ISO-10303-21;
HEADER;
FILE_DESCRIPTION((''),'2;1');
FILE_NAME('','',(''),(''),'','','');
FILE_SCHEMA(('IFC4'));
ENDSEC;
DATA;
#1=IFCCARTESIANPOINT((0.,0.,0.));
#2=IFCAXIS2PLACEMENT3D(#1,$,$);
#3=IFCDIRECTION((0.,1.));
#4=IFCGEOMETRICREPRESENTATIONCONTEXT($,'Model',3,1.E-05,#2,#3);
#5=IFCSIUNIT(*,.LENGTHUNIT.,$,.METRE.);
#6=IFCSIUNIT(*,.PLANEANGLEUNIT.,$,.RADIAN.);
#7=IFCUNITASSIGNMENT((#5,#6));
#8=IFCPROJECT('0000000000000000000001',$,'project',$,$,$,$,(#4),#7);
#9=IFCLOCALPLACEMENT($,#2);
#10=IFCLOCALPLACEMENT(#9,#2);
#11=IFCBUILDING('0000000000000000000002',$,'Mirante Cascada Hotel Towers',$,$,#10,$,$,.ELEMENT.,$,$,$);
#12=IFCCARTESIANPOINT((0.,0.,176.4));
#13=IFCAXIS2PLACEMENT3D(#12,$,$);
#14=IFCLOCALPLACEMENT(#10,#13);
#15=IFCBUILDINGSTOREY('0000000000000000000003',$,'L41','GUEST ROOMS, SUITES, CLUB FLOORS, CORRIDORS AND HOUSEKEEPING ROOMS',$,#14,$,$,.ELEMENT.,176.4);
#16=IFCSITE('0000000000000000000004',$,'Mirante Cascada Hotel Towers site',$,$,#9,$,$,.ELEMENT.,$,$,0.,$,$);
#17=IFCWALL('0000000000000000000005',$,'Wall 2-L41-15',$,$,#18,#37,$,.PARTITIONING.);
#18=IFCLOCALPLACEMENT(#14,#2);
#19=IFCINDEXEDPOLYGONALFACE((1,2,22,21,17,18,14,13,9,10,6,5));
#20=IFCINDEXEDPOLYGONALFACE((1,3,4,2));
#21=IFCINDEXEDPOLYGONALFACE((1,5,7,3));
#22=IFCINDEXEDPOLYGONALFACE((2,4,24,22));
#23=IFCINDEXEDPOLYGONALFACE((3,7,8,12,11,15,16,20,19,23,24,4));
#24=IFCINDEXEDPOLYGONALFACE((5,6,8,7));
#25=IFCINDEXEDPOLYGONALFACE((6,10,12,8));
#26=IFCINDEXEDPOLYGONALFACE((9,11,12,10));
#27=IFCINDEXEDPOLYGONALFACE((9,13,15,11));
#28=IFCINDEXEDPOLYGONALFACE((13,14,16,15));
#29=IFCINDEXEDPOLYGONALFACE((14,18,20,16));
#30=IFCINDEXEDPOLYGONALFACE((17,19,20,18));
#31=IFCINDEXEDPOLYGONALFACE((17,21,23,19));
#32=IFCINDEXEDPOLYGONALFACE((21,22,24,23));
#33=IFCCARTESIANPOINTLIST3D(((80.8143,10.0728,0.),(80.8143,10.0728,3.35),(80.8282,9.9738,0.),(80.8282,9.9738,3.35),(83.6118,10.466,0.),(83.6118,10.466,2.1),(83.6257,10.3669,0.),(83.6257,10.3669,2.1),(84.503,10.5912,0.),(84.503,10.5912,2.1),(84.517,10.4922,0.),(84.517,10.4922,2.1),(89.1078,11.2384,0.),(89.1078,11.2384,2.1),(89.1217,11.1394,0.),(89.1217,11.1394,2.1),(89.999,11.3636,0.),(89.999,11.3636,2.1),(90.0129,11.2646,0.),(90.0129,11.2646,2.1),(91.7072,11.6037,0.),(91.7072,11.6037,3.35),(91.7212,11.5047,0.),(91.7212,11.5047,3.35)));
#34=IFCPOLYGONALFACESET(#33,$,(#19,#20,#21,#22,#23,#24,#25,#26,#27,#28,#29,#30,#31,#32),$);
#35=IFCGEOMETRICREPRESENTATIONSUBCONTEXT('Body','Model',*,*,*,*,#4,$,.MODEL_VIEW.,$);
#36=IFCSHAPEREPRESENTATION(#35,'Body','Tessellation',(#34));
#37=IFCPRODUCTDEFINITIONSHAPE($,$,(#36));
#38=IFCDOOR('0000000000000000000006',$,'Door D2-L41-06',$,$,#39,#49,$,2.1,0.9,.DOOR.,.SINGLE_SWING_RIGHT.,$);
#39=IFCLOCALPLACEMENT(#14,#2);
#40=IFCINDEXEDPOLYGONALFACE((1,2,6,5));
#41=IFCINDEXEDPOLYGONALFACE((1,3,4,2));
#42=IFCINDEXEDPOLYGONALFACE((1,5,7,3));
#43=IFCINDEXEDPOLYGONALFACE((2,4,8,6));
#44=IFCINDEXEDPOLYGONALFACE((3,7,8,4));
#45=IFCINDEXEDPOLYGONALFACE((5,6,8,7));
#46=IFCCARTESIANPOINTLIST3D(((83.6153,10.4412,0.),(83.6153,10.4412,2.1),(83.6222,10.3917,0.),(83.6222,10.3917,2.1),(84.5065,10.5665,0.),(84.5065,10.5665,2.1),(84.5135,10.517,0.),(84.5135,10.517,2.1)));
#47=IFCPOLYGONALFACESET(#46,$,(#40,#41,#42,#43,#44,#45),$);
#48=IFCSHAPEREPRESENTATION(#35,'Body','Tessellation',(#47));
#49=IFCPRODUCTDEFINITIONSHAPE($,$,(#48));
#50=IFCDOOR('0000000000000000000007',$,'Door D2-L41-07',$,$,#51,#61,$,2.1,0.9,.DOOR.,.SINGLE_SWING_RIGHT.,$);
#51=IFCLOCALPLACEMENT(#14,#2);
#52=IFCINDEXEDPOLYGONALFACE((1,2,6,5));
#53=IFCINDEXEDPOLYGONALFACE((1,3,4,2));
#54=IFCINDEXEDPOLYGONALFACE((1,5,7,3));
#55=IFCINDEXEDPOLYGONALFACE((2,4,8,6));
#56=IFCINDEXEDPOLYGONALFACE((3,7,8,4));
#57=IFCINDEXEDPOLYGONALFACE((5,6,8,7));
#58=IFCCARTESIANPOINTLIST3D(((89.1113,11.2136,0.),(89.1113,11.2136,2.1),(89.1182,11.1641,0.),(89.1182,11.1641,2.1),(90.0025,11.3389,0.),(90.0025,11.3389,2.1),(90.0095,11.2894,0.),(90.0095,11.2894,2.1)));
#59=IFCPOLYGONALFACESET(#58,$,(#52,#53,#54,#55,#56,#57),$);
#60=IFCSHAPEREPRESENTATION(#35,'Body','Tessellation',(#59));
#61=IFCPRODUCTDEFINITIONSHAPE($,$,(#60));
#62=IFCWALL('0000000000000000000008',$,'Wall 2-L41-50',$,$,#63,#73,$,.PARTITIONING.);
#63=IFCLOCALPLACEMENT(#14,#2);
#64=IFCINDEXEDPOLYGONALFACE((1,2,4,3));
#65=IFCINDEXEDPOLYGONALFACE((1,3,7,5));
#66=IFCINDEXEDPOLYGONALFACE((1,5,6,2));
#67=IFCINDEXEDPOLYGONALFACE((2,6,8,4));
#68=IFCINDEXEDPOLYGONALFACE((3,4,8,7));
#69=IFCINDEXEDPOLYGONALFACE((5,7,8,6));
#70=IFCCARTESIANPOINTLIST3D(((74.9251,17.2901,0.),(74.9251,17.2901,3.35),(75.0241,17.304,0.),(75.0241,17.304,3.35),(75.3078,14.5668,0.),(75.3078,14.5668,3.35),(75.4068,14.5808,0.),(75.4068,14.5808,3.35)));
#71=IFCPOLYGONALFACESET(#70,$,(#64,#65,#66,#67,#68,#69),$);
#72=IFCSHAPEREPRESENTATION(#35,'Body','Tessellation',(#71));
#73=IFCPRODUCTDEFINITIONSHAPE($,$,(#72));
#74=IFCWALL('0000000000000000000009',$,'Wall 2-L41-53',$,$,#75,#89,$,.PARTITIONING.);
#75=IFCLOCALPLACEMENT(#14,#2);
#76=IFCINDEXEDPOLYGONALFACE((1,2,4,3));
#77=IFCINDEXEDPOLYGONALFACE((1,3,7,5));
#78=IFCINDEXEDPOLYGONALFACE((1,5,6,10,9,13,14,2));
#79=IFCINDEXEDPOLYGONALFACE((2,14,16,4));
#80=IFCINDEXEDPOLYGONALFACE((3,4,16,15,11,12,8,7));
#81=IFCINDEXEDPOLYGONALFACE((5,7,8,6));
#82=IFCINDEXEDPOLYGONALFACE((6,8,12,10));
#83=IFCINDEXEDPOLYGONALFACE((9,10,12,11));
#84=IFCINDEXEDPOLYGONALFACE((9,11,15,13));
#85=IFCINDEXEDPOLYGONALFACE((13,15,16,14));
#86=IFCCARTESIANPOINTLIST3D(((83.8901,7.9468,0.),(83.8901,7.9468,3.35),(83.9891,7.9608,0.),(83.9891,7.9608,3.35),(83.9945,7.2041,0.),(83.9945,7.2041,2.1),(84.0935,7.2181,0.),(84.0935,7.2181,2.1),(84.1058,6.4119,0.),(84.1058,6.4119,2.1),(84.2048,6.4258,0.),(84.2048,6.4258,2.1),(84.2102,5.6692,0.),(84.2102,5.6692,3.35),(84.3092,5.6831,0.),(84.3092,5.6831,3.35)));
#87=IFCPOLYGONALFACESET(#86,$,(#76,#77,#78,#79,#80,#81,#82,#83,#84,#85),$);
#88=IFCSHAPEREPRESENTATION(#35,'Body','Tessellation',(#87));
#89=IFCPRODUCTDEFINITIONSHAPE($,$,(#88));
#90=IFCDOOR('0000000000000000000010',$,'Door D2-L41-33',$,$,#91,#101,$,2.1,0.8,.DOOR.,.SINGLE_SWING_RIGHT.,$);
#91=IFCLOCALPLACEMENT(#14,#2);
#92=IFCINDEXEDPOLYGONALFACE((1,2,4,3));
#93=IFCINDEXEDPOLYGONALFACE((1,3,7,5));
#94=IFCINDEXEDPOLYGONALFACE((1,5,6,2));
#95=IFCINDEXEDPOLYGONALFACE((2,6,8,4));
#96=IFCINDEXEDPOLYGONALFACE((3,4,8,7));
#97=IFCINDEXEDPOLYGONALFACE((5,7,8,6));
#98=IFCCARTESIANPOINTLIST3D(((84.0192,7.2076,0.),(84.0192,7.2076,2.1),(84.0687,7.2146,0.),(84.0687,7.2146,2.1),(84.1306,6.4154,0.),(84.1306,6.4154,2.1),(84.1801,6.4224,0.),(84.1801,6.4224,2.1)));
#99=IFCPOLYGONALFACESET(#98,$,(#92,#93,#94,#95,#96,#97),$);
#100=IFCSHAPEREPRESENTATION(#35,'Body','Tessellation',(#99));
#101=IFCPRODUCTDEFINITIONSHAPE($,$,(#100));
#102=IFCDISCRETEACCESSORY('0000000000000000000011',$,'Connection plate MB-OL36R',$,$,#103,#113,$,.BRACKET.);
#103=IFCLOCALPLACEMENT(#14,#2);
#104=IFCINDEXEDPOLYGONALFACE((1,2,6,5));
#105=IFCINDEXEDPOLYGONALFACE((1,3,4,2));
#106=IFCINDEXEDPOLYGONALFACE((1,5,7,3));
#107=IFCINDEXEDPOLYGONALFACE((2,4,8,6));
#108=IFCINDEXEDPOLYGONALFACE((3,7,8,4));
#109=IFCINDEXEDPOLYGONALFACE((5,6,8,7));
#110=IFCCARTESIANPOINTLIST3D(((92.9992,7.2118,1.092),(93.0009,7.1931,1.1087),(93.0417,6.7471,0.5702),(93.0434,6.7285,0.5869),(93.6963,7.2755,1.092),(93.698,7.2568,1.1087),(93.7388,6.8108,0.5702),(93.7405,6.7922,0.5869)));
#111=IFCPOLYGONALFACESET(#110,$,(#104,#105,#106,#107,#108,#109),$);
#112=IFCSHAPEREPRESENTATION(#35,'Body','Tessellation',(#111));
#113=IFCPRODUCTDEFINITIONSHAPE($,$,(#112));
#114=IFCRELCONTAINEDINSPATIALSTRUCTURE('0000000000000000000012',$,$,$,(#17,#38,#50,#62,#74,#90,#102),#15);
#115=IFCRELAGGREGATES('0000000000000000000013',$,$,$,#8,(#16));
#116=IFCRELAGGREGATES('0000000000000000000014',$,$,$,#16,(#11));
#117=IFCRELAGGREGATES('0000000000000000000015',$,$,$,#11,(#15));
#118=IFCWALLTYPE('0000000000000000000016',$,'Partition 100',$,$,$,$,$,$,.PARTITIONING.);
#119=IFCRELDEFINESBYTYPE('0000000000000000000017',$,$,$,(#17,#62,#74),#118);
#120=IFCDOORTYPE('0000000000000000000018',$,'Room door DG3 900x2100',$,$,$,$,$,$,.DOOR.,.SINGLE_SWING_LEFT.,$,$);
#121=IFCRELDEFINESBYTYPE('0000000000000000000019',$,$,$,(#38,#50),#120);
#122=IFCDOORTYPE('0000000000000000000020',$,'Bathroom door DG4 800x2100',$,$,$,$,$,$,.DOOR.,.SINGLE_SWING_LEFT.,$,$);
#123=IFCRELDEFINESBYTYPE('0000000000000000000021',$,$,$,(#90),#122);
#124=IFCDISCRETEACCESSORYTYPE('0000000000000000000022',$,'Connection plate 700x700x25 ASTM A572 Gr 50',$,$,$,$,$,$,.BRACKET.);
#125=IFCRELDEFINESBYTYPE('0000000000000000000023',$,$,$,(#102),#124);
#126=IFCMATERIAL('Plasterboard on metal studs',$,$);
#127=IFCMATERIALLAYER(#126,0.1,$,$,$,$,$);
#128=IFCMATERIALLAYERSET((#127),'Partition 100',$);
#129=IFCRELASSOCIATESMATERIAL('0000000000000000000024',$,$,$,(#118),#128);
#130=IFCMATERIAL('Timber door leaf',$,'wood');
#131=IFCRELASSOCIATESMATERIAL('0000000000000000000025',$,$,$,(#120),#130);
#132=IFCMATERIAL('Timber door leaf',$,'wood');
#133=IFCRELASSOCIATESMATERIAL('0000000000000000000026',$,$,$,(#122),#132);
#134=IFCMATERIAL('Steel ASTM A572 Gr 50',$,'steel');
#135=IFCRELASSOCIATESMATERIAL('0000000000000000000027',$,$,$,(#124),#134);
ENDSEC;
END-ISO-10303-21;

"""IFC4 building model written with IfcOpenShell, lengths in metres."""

from ifc_helpers import new_model, si_unit, direction, frame, frame_2d, origin, origin_2d, place, context, subcontext, project, spatial, rectangle, extrude, material, layer, layer_set, material_profile, profile_set, type_object, element, fill, save


model = new_model("IFC4")

# Units and contexts
model_context = context("Model", 3, precision=1e-05, world=origin(), true_north=direction((0.0, 1.0)))
body_context = subcontext(model_context, "Body", "Model", "MODEL_VIEW")
ifc_project = project(units=[si_unit("LENGTHUNIT", "METRE"), si_unit("PLANEANGLEUNIT", "RADIAN")], contexts=[model_context])

# Site, building, storey
site_placement = place(None, origin())
site = spatial("IfcSite", under=ifc_project, at=site_placement, Name="Mirante Cascada Hotel Towers site", CompositionType="ELEMENT", RefElevation=0.0)
building_placement = place(site_placement, origin())
building = spatial("IfcBuilding", under=site, at=building_placement, Name="Mirante Cascada Hotel Towers", CompositionType="ELEMENT")
storey_placement = place(building_placement, frame((0.0, 0.0, 176.4)))
storey = spatial("IfcBuildingStorey", under=building, at=storey_placement, Name="L41", Description="GUEST ROOMS, SUITES, CLUB FLOORS, CORRIDORS AND HOUSEKEEPING ROOMS", CompositionType="ELEMENT", Elevation=176.4)

# Shared definitions
ifc_material_1 = material(Name="Plasterboard on metal studs")
ifc_layer_1 = layer(ifc_material_1, 0.1)
ifc_layer_set_1 = layer_set([ifc_layer_1], Name="Partition 100")
wall_type_1 = type_object("IfcWallType", Name="Partition 100", PredefinedType="PARTITIONING", material=ifc_layer_set_1)

# Wall, openings, doors
wall_1_placement = place(storey_placement, frame((91.7142, 11.5542, 0.0), z_axis=(0.0, 0.0, 1.0), x_axis=(-0.990268, -0.139173, 0.0)))
wall_1 = element("IfcWall", 1, at=wall_1_placement, inside=storey, type_object=wall_type_1, Name="Wall 2-L41-15", PredefinedType="PARTITIONING", context=body_context, shape_type="SweptSolid", body=[
    extrude(rectangle(XDim=11.0, YDim=0.1, at=frame_2d((5.5, 0.0))), origin(), (0.0, 0.0, 1.0), 3.35),
])
opening_1_placement = place(wall_1_placement, frame((7.275, 0.0, 0.0)))
opening_1 = element("IfcOpeningElement", 2, at=opening_1_placement, cuts=wall_1, PredefinedType="OPENING", context=body_context, shape_type="SweptSolid", body=[
    extrude(rectangle(XDim=0.9, YDim=2.1, at=frame_2d((0.45, 1.05))), frame((0.0, 0.05, 0.0), z_axis=(0.0, -1.0, 0.0), x_axis=(1.0, 0.0, 0.0)), (0.0, 0.0, 1.0), 0.1),
])
opening_2_placement = place(wall_1_placement, frame((1.725, 0.0, 0.0)))
opening_2 = element("IfcOpeningElement", 3, at=opening_2_placement, cuts=wall_1, PredefinedType="OPENING", context=body_context, shape_type="SweptSolid", body=[
    extrude(rectangle(XDim=0.9, YDim=2.1, at=frame_2d((0.45, 1.05))), frame((0.0, 0.05, 0.0), z_axis=(0.0, -1.0, 0.0), x_axis=(1.0, 0.0, 0.0)), (0.0, 0.0, 1.0), 0.1),
])
ifc_material_2 = material(Name="Timber door leaf", Category="wood")
door_type_1 = type_object("IfcDoorType", Name="Room door DG3 900x2100", OperationType="SINGLE_SWING_LEFT", PredefinedType="DOOR", material=ifc_material_2)
door_1_placement = place(opening_1_placement, frame((0.9, 0.0, 0.0), z_axis=(0.0, 0.0, 1.0), x_axis=(-1.0, 0.0, 0.0)))
door_1 = element("IfcDoor", 4, at=door_1_placement, inside=storey, type_object=door_type_1, Name="Door D2-L41-06", OperationType="SINGLE_SWING_RIGHT", OverallHeight=2.1, OverallWidth=0.9, PredefinedType="DOOR", context=body_context, shape_type="SweptSolid", body=[
    extrude(rectangle(XDim=0.9, YDim=2.1, at=frame_2d((0.45, 1.05))), frame((0.0, 0.025, 0.0), z_axis=(0.0, -1.0, 0.0), x_axis=(1.0, 0.0, 0.0)), (0.0, 0.0, 1.0), 0.05),
])
fill(opening_1, door_1)
door_2_placement = place(opening_2_placement, frame((0.9, 0.0, 0.0), z_axis=(0.0, 0.0, 1.0), x_axis=(-1.0, 0.0, 0.0)))
door_2 = element("IfcDoor", 5, at=door_2_placement, inside=storey, type_object=door_type_1, Name="Door D2-L41-07", OperationType="SINGLE_SWING_RIGHT", OverallHeight=2.1, OverallWidth=0.9, PredefinedType="DOOR", context=body_context, shape_type="SweptSolid", body=[
    extrude(rectangle(XDim=0.9, YDim=2.1, at=frame_2d((0.45, 1.05))), frame((0.0, 0.025, 0.0), z_axis=(0.0, -1.0, 0.0), x_axis=(1.0, 0.0, 0.0)), (0.0, 0.0, 1.0), 0.05),
])
fill(opening_2, door_2)

# Wall
wall_2_placement = place(storey_placement, frame((75.3573, 14.5738, 0.0), z_axis=(0.0, 0.0, 1.0), x_axis=(-0.139166, 0.990269, 0.0)))
element("IfcWall", 6, at=wall_2_placement, inside=storey, type_object=wall_type_1, Name="Wall 2-L41-50", PredefinedType="PARTITIONING", context=body_context, shape_type="SweptSolid", body=[
    extrude(rectangle(XDim=2.75, YDim=0.1, at=frame_2d((1.375, 0.0))), origin(), (0.0, 0.0, 1.0), 3.35),
])

# Wall, opening, door
wall_3_placement = place(storey_placement, frame((83.9396, 7.9538, 0.0), z_axis=(0.0, 0.0, 1.0), x_axis=(0.139175, -0.990268, 0.0)))
wall_3 = element("IfcWall", 7, at=wall_3_placement, inside=storey, type_object=wall_type_1, Name="Wall 2-L41-53", PredefinedType="PARTITIONING", context=body_context, shape_type="SweptSolid", body=[
    extrude(rectangle(XDim=2.3, YDim=0.1, at=frame_2d((1.15, 0.0))), origin(), (0.0, 0.0, 1.0), 3.35),
])
opening_3_placement = place(wall_3_placement, frame((0.75, 0.0, 0.0)))
opening_3 = element("IfcOpeningElement", 8, at=opening_3_placement, cuts=wall_3, PredefinedType="OPENING", context=body_context, shape_type="SweptSolid", body=[
    extrude(rectangle(XDim=0.8, YDim=2.1, at=frame_2d((0.4, 1.05))), frame((0.0, 0.05, 0.0), z_axis=(0.0, -1.0, 0.0), x_axis=(1.0, 0.0, 0.0)), (0.0, 0.0, 1.0), 0.1),
])
ifc_material_3 = material(Name="Timber door leaf", Category="wood")
door_type_2 = type_object("IfcDoorType", Name="Bathroom door DG4 800x2100", OperationType="SINGLE_SWING_LEFT", PredefinedType="DOOR", material=ifc_material_3)
door_3_placement = place(opening_3_placement, frame((0.8, 0.0, 0.0), z_axis=(0.0, 0.0, 1.0), x_axis=(-1.0, 0.0, 0.0)))
door_3 = element("IfcDoor", 9, at=door_3_placement, inside=storey, type_object=door_type_2, Name="Door D2-L41-33", OperationType="SINGLE_SWING_RIGHT", OverallHeight=2.1, OverallWidth=0.8, PredefinedType="DOOR", context=body_context, shape_type="SweptSolid", body=[
    extrude(rectangle(XDim=0.8, YDim=2.1, at=frame_2d((0.4, 1.05))), frame((0.0, 0.025, 0.0), z_axis=(0.0, -1.0, 0.0), x_axis=(1.0, 0.0, 0.0)), (0.0, 0.0, 1.0), 0.05),
])
fill(opening_3, door_3)

# Discrete accessory
ifc_material_4 = material(Name="Steel ASTM A572 Gr 50", Category="steel")
ifc_material_profile_1 = material_profile(ifc_material_4, rectangle(XDim=0.7, YDim=0.7, at=origin_2d()), Name="Connection plate 700x700x25 ASTM A572 Gr 50")
ifc_profile_set_1 = profile_set([ifc_material_profile_1], Name="Steel ASTM A572 Gr 50")
discrete_accessory_type = type_object("IfcDiscreteAccessoryType", Name="Connection plate 700x700x25 ASTM A572 Gr 50", PredefinedType="BRACKET", material=ifc_profile_set_1)
discrete_accessory_placement = place(storey_placement, frame((93.369, 7.0113, 0.8311), z_axis=(0.067851, -0.742375, 0.66654), x_axis=(0.995849, 0.091019, 0.0)))
element("IfcDiscreteAccessory", 10, at=discrete_accessory_placement, inside=storey, type_object=discrete_accessory_type, Name="Connection plate MB-OL36R", PredefinedType="BRACKET", context=body_context, shape_type="SweptSolid", body=[
    extrude(rectangle(XDim=0.7, YDim=0.7, at=origin_2d()), origin(), (0.0, 0.0, 1.0), 0.0251),
])

save(model, "model.ifc")
